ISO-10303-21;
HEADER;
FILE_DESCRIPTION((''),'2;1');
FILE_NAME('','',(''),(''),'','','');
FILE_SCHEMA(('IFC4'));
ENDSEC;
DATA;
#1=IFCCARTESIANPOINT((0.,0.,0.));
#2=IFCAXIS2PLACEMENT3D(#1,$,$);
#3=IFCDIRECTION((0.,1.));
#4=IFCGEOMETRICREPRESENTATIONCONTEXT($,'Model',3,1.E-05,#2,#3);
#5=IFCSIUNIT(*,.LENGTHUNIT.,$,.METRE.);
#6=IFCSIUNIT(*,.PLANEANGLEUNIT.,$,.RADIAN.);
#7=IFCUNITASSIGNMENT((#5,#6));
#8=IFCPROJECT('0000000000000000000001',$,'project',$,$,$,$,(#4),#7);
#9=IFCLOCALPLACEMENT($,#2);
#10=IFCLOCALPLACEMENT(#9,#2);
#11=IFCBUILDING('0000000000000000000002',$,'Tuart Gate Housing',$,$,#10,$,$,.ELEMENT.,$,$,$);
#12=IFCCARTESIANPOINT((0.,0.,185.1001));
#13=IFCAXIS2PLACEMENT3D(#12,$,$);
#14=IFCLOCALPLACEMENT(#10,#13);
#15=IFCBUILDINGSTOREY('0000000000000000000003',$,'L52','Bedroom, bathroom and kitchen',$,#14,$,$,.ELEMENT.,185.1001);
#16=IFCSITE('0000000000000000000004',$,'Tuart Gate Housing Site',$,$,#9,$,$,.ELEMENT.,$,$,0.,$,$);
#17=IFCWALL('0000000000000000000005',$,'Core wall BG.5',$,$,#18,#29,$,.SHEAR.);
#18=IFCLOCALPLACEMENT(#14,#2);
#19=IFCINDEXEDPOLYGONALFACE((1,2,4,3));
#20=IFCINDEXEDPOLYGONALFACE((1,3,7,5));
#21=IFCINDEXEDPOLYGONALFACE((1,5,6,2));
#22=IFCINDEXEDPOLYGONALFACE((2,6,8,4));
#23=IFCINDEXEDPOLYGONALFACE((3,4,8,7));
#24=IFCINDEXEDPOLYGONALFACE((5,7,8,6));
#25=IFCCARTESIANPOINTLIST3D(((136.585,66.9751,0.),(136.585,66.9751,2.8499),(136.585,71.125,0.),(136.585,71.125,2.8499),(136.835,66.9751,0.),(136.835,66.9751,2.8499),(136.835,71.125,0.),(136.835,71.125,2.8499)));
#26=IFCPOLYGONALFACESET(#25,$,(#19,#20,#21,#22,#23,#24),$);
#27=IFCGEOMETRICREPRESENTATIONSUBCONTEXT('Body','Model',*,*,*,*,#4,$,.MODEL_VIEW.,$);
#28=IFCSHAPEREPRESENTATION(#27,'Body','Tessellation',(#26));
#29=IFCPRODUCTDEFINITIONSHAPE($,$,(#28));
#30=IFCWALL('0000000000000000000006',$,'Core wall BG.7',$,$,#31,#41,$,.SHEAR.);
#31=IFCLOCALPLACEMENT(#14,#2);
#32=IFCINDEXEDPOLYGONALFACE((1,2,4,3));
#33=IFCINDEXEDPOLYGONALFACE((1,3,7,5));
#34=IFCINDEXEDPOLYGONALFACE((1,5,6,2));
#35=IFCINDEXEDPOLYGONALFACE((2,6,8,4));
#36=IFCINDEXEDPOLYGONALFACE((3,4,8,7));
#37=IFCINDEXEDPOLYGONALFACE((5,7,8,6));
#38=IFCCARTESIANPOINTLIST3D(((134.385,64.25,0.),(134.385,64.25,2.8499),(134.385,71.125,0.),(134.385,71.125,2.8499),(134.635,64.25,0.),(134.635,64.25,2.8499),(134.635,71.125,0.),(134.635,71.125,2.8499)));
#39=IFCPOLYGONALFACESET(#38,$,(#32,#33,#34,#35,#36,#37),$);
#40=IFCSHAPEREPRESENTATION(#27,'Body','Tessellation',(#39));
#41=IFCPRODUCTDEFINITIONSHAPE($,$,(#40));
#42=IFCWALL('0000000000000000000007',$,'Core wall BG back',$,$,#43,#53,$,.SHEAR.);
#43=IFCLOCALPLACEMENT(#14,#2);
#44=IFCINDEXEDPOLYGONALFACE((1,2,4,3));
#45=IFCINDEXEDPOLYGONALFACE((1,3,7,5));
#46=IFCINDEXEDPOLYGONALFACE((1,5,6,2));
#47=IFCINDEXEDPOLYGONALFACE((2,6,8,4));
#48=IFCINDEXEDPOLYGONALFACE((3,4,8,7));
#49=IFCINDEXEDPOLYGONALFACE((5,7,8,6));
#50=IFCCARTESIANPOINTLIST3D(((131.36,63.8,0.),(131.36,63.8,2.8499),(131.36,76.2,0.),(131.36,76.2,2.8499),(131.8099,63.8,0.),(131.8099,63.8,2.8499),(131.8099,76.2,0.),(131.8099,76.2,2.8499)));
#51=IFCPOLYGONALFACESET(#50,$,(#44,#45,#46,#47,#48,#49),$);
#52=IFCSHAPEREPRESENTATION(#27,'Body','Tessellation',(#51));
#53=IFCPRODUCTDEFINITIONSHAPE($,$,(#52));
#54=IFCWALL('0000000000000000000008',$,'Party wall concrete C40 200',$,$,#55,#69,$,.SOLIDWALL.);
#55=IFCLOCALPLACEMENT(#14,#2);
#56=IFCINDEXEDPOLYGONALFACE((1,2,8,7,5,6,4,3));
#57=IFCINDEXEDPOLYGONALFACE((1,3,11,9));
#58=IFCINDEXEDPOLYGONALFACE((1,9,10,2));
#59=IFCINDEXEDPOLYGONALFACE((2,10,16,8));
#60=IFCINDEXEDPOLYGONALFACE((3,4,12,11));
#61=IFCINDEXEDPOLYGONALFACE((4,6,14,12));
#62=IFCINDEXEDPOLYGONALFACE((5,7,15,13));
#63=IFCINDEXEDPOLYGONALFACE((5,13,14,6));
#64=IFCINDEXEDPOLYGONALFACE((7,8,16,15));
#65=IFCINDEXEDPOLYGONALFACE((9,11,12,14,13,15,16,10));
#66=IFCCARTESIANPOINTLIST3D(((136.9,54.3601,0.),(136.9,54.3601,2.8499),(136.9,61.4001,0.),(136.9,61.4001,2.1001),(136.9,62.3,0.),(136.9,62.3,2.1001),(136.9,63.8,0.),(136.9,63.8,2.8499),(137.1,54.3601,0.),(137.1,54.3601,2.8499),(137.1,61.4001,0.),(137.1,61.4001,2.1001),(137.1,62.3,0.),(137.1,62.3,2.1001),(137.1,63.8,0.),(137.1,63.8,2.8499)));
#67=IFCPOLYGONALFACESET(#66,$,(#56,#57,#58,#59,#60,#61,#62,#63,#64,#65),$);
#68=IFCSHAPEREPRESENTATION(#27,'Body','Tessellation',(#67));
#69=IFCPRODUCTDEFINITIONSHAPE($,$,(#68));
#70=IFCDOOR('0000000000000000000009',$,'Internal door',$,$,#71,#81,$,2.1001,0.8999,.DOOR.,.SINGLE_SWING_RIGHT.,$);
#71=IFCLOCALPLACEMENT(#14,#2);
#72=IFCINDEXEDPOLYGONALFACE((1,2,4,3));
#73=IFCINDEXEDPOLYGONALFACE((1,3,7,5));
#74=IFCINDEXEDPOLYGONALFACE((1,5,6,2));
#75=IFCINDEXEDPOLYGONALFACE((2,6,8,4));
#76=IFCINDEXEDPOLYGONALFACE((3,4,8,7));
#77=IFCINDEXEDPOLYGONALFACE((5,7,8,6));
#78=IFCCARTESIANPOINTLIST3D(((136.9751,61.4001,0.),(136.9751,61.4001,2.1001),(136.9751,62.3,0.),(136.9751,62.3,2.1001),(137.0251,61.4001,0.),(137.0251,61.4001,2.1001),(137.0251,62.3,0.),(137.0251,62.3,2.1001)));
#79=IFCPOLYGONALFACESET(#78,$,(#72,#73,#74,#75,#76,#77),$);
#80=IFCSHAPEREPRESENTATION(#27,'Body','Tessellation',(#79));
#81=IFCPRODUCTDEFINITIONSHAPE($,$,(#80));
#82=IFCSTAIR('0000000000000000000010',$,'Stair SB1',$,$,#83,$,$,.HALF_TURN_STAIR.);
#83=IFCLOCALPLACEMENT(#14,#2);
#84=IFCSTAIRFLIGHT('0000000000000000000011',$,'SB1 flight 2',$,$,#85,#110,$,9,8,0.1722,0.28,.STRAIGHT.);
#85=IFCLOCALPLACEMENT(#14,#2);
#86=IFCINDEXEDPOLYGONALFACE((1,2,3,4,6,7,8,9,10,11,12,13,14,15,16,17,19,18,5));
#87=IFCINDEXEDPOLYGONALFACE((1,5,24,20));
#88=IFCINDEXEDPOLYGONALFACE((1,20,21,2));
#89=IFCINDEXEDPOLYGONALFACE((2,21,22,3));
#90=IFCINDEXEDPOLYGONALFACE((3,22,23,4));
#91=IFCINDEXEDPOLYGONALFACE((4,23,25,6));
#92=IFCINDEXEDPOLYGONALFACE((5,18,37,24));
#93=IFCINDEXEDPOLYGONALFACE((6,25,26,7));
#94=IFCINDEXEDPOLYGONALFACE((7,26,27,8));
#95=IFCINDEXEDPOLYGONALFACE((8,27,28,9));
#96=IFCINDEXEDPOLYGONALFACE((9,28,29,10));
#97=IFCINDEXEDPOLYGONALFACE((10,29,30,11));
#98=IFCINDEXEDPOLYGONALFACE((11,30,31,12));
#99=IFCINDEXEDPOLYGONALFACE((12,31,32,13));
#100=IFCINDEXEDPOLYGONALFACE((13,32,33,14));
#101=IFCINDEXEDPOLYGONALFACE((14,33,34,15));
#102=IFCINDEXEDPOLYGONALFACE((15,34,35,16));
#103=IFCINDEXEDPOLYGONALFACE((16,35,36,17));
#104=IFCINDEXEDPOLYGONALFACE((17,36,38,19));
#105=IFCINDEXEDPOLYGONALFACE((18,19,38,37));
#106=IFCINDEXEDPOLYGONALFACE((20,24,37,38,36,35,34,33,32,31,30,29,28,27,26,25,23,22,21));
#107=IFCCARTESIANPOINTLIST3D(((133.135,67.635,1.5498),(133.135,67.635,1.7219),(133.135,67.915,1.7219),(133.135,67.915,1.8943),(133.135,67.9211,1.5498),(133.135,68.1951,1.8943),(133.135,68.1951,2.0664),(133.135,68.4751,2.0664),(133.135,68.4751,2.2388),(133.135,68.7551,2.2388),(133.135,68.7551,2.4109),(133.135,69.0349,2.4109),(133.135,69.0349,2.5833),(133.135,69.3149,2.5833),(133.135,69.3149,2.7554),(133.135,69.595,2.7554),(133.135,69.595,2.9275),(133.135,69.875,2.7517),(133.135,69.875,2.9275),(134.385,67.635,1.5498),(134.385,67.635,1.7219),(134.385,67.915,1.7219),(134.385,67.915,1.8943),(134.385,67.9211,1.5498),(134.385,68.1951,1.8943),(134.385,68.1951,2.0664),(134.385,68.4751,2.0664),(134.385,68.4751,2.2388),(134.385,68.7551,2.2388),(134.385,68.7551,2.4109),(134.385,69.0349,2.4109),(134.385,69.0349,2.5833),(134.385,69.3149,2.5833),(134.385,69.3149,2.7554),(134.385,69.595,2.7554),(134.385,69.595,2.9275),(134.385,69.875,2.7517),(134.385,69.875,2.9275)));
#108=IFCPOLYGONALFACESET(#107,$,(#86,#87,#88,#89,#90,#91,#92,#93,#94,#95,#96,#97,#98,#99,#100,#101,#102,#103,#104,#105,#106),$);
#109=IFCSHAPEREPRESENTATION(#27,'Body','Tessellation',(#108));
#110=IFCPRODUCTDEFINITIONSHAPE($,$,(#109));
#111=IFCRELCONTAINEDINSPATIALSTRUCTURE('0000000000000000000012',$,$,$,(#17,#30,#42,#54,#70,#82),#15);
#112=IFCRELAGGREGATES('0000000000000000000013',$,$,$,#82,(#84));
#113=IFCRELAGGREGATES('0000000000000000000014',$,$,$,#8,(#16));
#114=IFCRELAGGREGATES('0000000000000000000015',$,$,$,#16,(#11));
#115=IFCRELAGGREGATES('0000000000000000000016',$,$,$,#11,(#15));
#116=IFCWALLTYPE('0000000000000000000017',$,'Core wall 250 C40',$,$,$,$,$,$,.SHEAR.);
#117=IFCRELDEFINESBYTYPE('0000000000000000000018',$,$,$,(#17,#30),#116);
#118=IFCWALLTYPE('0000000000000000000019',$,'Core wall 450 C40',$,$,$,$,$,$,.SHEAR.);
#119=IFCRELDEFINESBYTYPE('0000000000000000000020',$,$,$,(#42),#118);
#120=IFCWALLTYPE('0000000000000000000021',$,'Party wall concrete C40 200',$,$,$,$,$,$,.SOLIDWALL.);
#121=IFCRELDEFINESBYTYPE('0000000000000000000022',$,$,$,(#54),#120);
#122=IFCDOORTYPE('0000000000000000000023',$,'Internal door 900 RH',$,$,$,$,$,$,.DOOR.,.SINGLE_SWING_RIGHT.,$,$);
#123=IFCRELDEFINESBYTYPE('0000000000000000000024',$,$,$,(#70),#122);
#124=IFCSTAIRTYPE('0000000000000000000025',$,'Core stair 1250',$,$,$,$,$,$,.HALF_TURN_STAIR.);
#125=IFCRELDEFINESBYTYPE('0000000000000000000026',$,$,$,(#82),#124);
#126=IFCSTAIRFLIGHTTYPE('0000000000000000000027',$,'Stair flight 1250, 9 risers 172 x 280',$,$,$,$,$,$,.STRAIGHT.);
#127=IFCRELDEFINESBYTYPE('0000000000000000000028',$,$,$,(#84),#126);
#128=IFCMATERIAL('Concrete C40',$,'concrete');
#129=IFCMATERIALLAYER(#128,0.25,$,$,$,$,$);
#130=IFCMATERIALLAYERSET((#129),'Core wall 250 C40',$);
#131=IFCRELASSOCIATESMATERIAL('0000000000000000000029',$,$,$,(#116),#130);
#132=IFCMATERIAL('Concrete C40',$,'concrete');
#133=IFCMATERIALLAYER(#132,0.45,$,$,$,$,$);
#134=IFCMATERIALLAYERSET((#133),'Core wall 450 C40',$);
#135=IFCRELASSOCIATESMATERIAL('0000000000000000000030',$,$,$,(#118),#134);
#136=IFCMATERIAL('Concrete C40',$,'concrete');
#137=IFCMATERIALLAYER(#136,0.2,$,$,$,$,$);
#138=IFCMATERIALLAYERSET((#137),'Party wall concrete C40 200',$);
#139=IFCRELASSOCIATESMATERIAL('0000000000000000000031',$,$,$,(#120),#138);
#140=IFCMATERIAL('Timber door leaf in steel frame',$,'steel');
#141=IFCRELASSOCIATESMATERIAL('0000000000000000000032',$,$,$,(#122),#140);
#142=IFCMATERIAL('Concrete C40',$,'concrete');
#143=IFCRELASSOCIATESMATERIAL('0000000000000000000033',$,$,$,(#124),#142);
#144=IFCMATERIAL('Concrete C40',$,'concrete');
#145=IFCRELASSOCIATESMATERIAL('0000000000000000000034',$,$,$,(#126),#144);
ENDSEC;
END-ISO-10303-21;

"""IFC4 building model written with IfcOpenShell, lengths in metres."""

from ifc_helpers import new_model, si_unit, direction, frame, frame_2d, origin, place, context, subcontext, project, spatial, polyline, rectangle, outline, extrude, material, layer, layer_set, type_object, element, fill, aggregate, save


model = new_model("IFC4")

# Units and contexts
model_context = context("Model", 3, precision=1e-05, world=origin(), true_north=direction((0.0, 1.0)))
body_context = subcontext(model_context, "Body", "Model", "MODEL_VIEW")
ifc_project = project(units=[si_unit("LENGTHUNIT", "METRE"), si_unit("PLANEANGLEUNIT", "RADIAN")], contexts=[model_context])

# Site, building, storey
site_placement = place(None, origin())
site = spatial("IfcSite", under=ifc_project, at=site_placement, Name="Tuart Gate Housing Site", CompositionType="ELEMENT", RefElevation=0.0)
building_placement = place(site_placement, origin())
building = spatial("IfcBuilding", under=site, at=building_placement, Name="Tuart Gate Housing", CompositionType="ELEMENT")
storey_placement = place(building_placement, frame((0.0, 0.0, 185.1001)))
storey = spatial("IfcBuildingStorey", under=building, at=storey_placement, Name="L52", Description="Bedroom, bathroom and kitchen", CompositionType="ELEMENT", Elevation=185.1001)

# Walls
ifc_material_1 = material(Name="Concrete C40", Category="concrete")
ifc_layer_1 = layer(ifc_material_1, 0.25)
ifc_layer_set_1 = layer_set([ifc_layer_1], Name="Core wall 250 C40")
wall_type_1 = type_object("IfcWallType", Name="Core wall 250 C40", PredefinedType="SHEAR", material=ifc_layer_set_1)
wall_1_placement = place(storey_placement, frame((136.71, 66.9751, 0.0), z_axis=(0.0, 0.0, 1.0), x_axis=(0.0, 1.0, 0.0)))
element("IfcWall", 1, at=wall_1_placement, inside=storey, type_object=wall_type_1, Name="Core wall BG.5", PredefinedType="SHEAR", context=body_context, shape_type="SweptSolid", body=[
    extrude(rectangle(XDim=4.1499, YDim=0.25, at=frame_2d((2.075, 0.0))), origin(), (0.0, 0.0, 1.0), 2.8499),
])
wall_2_placement = place(storey_placement, frame((134.51, 64.25, 0.0), z_axis=(0.0, 0.0, 1.0), x_axis=(0.0, 1.0, 0.0)))
element("IfcWall", 2, at=wall_2_placement, inside=storey, type_object=wall_type_1, Name="Core wall BG.7", PredefinedType="SHEAR", context=body_context, shape_type="SweptSolid", body=[
    extrude(rectangle(XDim=6.875, YDim=0.25, at=frame_2d((3.4375, 0.0))), origin(), (0.0, 0.0, 1.0), 2.8499),
])
ifc_material_2 = material(Name="Concrete C40", Category="concrete")
ifc_layer_2 = layer(ifc_material_2, 0.45)
ifc_layer_set_2 = layer_set([ifc_layer_2], Name="Core wall 450 C40")
wall_type_2 = type_object("IfcWallType", Name="Core wall 450 C40", PredefinedType="SHEAR", material=ifc_layer_set_2)
wall_3_placement = place(storey_placement, frame((131.585, 63.8, 0.0), z_axis=(0.0, 0.0, 1.0), x_axis=(0.0, 1.0, 0.0)))
element("IfcWall", 3, at=wall_3_placement, inside=storey, type_object=wall_type_2, Name="Core wall BG back", PredefinedType="SHEAR", context=body_context, shape_type="SweptSolid", body=[
    extrude(rectangle(XDim=12.3999, YDim=0.45, at=frame_2d((6.2, 0.0))), origin(), (0.0, 0.0, 1.0), 2.8499),
])

# Wall, opening, door
ifc_material_3 = material(Name="Concrete C40", Category="concrete")
ifc_layer_3 = layer(ifc_material_3, 0.2)
ifc_layer_set_3 = layer_set([ifc_layer_3], Name="Party wall concrete C40 200")
wall_type_3 = type_object("IfcWallType", Name="Party wall concrete C40 200", PredefinedType="SOLIDWALL", material=ifc_layer_set_3)
wall_4_placement = place(storey_placement, frame((137.0, 54.3601, 0.0), z_axis=(0.0, 0.0, 1.0), x_axis=(0.0, 1.0, 0.0)))
wall_4 = element("IfcWall", 4, at=wall_4_placement, inside=storey, type_object=wall_type_3, Name="Party wall concrete C40 200", PredefinedType="SOLIDWALL", context=body_context, shape_type="SweptSolid", body=[
    extrude(rectangle(XDim=9.4399, YDim=0.2, at=frame_2d((4.72, 0.0))), origin(), (0.0, 0.0, 1.0), 2.8499),
])
opening_1_placement = place(wall_4_placement, frame((7.04, 0.0, 0.0)))
opening_1 = element("IfcOpeningElement", 5, at=opening_1_placement, cuts=wall_4, PredefinedType="OPENING", context=body_context, shape_type="SweptSolid", body=[
    extrude(rectangle(XDim=0.8999, YDim=2.1001, at=frame_2d((0.45, 1.05))), frame((0.0, 0.1099, 0.0), z_axis=(0.0, -1.0, 0.0), x_axis=(1.0, 0.0, 0.0)), (0.0, 0.0, 1.0), 0.22),
])
ifc_material_4 = material(Name="Timber door leaf in steel frame", Category="steel")
door_type = type_object("IfcDoorType", Name="Internal door 900 RH", OperationType="SINGLE_SWING_RIGHT", PredefinedType="DOOR", material=ifc_material_4)
door_placement = place(opening_1_placement, frame((0.8999, 0.0, 0.0), z_axis=(0.0, 0.0, 1.0), x_axis=(-1.0, 0.0, 0.0)))
door = element("IfcDoor", 6, at=door_placement, inside=storey, type_object=door_type, Name="Internal door", OperationType="SINGLE_SWING_RIGHT", OverallHeight=2.1001, OverallWidth=0.8999, PredefinedType="DOOR", context=body_context, shape_type="SweptSolid", body=[
    extrude(rectangle(XDim=0.8999, YDim=2.1001, at=frame_2d((0.45, 1.05))), frame((0.0, 0.0251, 0.0), z_axis=(0.0, -1.0, 0.0), x_axis=(1.0, 0.0, 0.0)), (0.0, 0.0, 1.0), 0.05),
])
fill(opening_1, door)

# Stair, stair flight
ifc_material_5 = material(Name="Concrete C40", Category="concrete")
stair_type = type_object("IfcStairType", Name="Core stair 1250", PredefinedType="HALF_TURN_STAIR", material=ifc_material_5)
stair_placement = place(storey_placement, origin())
stair = element("IfcStair", 7, at=stair_placement, inside=storey, type_object=stair_type, Name="Stair SB1", PredefinedType="HALF_TURN_STAIR")
ifc_material_6 = material(Name="Concrete C40", Category="concrete")
stair_flight_type = type_object("IfcStairFlightType", Name="Stair flight 1250, 9 risers 172 x 280", PredefinedType="STRAIGHT", material=ifc_material_6)
stair_flight_placement = place(storey_placement, frame((133.76, 67.635, 1.5498), z_axis=(0.0, 0.0, 1.0), x_axis=(0.0, 1.0, 0.0)))
stair_flight = element("IfcStairFlight", 8, at=stair_flight_placement, type_object=stair_flight_type, Name="SB1 flight 2", NumberOfRisers=9, NumberOfTreads=8, PredefinedType="STRAIGHT", RiserHeight=0.1722, TreadLength=0.28, context=body_context, shape_type="SweptSolid", body=[
    extrude(outline(polyline([(0.0, 0.0), (0.0, 0.1721), (0.28, 0.1721), (0.28, 0.3445), (0.5601, 0.3445), (0.5601, 0.5166), (0.8401, 0.5166), (0.8401, 0.689), (1.1201, 0.689), (1.1201, 0.8611), (1.3999, 0.8611), (1.3999, 1.0334), (1.6799, 1.0334), (1.6799, 1.2056), (1.96, 1.2056), (1.96, 1.3777), (2.24, 1.3777), (2.24, 1.55), (2.24, 1.2019), (0.2861, 0.0), (0.0, 0.0)])), frame((0.0, 0.625, 0.0), z_axis=(0.0, -1.0, 0.0), x_axis=(1.0, 0.0, 0.0)), (0.0, 0.0, 1.0), 1.25),
])
aggregate(stair, [stair_flight])

save(model, "model.ifc")
